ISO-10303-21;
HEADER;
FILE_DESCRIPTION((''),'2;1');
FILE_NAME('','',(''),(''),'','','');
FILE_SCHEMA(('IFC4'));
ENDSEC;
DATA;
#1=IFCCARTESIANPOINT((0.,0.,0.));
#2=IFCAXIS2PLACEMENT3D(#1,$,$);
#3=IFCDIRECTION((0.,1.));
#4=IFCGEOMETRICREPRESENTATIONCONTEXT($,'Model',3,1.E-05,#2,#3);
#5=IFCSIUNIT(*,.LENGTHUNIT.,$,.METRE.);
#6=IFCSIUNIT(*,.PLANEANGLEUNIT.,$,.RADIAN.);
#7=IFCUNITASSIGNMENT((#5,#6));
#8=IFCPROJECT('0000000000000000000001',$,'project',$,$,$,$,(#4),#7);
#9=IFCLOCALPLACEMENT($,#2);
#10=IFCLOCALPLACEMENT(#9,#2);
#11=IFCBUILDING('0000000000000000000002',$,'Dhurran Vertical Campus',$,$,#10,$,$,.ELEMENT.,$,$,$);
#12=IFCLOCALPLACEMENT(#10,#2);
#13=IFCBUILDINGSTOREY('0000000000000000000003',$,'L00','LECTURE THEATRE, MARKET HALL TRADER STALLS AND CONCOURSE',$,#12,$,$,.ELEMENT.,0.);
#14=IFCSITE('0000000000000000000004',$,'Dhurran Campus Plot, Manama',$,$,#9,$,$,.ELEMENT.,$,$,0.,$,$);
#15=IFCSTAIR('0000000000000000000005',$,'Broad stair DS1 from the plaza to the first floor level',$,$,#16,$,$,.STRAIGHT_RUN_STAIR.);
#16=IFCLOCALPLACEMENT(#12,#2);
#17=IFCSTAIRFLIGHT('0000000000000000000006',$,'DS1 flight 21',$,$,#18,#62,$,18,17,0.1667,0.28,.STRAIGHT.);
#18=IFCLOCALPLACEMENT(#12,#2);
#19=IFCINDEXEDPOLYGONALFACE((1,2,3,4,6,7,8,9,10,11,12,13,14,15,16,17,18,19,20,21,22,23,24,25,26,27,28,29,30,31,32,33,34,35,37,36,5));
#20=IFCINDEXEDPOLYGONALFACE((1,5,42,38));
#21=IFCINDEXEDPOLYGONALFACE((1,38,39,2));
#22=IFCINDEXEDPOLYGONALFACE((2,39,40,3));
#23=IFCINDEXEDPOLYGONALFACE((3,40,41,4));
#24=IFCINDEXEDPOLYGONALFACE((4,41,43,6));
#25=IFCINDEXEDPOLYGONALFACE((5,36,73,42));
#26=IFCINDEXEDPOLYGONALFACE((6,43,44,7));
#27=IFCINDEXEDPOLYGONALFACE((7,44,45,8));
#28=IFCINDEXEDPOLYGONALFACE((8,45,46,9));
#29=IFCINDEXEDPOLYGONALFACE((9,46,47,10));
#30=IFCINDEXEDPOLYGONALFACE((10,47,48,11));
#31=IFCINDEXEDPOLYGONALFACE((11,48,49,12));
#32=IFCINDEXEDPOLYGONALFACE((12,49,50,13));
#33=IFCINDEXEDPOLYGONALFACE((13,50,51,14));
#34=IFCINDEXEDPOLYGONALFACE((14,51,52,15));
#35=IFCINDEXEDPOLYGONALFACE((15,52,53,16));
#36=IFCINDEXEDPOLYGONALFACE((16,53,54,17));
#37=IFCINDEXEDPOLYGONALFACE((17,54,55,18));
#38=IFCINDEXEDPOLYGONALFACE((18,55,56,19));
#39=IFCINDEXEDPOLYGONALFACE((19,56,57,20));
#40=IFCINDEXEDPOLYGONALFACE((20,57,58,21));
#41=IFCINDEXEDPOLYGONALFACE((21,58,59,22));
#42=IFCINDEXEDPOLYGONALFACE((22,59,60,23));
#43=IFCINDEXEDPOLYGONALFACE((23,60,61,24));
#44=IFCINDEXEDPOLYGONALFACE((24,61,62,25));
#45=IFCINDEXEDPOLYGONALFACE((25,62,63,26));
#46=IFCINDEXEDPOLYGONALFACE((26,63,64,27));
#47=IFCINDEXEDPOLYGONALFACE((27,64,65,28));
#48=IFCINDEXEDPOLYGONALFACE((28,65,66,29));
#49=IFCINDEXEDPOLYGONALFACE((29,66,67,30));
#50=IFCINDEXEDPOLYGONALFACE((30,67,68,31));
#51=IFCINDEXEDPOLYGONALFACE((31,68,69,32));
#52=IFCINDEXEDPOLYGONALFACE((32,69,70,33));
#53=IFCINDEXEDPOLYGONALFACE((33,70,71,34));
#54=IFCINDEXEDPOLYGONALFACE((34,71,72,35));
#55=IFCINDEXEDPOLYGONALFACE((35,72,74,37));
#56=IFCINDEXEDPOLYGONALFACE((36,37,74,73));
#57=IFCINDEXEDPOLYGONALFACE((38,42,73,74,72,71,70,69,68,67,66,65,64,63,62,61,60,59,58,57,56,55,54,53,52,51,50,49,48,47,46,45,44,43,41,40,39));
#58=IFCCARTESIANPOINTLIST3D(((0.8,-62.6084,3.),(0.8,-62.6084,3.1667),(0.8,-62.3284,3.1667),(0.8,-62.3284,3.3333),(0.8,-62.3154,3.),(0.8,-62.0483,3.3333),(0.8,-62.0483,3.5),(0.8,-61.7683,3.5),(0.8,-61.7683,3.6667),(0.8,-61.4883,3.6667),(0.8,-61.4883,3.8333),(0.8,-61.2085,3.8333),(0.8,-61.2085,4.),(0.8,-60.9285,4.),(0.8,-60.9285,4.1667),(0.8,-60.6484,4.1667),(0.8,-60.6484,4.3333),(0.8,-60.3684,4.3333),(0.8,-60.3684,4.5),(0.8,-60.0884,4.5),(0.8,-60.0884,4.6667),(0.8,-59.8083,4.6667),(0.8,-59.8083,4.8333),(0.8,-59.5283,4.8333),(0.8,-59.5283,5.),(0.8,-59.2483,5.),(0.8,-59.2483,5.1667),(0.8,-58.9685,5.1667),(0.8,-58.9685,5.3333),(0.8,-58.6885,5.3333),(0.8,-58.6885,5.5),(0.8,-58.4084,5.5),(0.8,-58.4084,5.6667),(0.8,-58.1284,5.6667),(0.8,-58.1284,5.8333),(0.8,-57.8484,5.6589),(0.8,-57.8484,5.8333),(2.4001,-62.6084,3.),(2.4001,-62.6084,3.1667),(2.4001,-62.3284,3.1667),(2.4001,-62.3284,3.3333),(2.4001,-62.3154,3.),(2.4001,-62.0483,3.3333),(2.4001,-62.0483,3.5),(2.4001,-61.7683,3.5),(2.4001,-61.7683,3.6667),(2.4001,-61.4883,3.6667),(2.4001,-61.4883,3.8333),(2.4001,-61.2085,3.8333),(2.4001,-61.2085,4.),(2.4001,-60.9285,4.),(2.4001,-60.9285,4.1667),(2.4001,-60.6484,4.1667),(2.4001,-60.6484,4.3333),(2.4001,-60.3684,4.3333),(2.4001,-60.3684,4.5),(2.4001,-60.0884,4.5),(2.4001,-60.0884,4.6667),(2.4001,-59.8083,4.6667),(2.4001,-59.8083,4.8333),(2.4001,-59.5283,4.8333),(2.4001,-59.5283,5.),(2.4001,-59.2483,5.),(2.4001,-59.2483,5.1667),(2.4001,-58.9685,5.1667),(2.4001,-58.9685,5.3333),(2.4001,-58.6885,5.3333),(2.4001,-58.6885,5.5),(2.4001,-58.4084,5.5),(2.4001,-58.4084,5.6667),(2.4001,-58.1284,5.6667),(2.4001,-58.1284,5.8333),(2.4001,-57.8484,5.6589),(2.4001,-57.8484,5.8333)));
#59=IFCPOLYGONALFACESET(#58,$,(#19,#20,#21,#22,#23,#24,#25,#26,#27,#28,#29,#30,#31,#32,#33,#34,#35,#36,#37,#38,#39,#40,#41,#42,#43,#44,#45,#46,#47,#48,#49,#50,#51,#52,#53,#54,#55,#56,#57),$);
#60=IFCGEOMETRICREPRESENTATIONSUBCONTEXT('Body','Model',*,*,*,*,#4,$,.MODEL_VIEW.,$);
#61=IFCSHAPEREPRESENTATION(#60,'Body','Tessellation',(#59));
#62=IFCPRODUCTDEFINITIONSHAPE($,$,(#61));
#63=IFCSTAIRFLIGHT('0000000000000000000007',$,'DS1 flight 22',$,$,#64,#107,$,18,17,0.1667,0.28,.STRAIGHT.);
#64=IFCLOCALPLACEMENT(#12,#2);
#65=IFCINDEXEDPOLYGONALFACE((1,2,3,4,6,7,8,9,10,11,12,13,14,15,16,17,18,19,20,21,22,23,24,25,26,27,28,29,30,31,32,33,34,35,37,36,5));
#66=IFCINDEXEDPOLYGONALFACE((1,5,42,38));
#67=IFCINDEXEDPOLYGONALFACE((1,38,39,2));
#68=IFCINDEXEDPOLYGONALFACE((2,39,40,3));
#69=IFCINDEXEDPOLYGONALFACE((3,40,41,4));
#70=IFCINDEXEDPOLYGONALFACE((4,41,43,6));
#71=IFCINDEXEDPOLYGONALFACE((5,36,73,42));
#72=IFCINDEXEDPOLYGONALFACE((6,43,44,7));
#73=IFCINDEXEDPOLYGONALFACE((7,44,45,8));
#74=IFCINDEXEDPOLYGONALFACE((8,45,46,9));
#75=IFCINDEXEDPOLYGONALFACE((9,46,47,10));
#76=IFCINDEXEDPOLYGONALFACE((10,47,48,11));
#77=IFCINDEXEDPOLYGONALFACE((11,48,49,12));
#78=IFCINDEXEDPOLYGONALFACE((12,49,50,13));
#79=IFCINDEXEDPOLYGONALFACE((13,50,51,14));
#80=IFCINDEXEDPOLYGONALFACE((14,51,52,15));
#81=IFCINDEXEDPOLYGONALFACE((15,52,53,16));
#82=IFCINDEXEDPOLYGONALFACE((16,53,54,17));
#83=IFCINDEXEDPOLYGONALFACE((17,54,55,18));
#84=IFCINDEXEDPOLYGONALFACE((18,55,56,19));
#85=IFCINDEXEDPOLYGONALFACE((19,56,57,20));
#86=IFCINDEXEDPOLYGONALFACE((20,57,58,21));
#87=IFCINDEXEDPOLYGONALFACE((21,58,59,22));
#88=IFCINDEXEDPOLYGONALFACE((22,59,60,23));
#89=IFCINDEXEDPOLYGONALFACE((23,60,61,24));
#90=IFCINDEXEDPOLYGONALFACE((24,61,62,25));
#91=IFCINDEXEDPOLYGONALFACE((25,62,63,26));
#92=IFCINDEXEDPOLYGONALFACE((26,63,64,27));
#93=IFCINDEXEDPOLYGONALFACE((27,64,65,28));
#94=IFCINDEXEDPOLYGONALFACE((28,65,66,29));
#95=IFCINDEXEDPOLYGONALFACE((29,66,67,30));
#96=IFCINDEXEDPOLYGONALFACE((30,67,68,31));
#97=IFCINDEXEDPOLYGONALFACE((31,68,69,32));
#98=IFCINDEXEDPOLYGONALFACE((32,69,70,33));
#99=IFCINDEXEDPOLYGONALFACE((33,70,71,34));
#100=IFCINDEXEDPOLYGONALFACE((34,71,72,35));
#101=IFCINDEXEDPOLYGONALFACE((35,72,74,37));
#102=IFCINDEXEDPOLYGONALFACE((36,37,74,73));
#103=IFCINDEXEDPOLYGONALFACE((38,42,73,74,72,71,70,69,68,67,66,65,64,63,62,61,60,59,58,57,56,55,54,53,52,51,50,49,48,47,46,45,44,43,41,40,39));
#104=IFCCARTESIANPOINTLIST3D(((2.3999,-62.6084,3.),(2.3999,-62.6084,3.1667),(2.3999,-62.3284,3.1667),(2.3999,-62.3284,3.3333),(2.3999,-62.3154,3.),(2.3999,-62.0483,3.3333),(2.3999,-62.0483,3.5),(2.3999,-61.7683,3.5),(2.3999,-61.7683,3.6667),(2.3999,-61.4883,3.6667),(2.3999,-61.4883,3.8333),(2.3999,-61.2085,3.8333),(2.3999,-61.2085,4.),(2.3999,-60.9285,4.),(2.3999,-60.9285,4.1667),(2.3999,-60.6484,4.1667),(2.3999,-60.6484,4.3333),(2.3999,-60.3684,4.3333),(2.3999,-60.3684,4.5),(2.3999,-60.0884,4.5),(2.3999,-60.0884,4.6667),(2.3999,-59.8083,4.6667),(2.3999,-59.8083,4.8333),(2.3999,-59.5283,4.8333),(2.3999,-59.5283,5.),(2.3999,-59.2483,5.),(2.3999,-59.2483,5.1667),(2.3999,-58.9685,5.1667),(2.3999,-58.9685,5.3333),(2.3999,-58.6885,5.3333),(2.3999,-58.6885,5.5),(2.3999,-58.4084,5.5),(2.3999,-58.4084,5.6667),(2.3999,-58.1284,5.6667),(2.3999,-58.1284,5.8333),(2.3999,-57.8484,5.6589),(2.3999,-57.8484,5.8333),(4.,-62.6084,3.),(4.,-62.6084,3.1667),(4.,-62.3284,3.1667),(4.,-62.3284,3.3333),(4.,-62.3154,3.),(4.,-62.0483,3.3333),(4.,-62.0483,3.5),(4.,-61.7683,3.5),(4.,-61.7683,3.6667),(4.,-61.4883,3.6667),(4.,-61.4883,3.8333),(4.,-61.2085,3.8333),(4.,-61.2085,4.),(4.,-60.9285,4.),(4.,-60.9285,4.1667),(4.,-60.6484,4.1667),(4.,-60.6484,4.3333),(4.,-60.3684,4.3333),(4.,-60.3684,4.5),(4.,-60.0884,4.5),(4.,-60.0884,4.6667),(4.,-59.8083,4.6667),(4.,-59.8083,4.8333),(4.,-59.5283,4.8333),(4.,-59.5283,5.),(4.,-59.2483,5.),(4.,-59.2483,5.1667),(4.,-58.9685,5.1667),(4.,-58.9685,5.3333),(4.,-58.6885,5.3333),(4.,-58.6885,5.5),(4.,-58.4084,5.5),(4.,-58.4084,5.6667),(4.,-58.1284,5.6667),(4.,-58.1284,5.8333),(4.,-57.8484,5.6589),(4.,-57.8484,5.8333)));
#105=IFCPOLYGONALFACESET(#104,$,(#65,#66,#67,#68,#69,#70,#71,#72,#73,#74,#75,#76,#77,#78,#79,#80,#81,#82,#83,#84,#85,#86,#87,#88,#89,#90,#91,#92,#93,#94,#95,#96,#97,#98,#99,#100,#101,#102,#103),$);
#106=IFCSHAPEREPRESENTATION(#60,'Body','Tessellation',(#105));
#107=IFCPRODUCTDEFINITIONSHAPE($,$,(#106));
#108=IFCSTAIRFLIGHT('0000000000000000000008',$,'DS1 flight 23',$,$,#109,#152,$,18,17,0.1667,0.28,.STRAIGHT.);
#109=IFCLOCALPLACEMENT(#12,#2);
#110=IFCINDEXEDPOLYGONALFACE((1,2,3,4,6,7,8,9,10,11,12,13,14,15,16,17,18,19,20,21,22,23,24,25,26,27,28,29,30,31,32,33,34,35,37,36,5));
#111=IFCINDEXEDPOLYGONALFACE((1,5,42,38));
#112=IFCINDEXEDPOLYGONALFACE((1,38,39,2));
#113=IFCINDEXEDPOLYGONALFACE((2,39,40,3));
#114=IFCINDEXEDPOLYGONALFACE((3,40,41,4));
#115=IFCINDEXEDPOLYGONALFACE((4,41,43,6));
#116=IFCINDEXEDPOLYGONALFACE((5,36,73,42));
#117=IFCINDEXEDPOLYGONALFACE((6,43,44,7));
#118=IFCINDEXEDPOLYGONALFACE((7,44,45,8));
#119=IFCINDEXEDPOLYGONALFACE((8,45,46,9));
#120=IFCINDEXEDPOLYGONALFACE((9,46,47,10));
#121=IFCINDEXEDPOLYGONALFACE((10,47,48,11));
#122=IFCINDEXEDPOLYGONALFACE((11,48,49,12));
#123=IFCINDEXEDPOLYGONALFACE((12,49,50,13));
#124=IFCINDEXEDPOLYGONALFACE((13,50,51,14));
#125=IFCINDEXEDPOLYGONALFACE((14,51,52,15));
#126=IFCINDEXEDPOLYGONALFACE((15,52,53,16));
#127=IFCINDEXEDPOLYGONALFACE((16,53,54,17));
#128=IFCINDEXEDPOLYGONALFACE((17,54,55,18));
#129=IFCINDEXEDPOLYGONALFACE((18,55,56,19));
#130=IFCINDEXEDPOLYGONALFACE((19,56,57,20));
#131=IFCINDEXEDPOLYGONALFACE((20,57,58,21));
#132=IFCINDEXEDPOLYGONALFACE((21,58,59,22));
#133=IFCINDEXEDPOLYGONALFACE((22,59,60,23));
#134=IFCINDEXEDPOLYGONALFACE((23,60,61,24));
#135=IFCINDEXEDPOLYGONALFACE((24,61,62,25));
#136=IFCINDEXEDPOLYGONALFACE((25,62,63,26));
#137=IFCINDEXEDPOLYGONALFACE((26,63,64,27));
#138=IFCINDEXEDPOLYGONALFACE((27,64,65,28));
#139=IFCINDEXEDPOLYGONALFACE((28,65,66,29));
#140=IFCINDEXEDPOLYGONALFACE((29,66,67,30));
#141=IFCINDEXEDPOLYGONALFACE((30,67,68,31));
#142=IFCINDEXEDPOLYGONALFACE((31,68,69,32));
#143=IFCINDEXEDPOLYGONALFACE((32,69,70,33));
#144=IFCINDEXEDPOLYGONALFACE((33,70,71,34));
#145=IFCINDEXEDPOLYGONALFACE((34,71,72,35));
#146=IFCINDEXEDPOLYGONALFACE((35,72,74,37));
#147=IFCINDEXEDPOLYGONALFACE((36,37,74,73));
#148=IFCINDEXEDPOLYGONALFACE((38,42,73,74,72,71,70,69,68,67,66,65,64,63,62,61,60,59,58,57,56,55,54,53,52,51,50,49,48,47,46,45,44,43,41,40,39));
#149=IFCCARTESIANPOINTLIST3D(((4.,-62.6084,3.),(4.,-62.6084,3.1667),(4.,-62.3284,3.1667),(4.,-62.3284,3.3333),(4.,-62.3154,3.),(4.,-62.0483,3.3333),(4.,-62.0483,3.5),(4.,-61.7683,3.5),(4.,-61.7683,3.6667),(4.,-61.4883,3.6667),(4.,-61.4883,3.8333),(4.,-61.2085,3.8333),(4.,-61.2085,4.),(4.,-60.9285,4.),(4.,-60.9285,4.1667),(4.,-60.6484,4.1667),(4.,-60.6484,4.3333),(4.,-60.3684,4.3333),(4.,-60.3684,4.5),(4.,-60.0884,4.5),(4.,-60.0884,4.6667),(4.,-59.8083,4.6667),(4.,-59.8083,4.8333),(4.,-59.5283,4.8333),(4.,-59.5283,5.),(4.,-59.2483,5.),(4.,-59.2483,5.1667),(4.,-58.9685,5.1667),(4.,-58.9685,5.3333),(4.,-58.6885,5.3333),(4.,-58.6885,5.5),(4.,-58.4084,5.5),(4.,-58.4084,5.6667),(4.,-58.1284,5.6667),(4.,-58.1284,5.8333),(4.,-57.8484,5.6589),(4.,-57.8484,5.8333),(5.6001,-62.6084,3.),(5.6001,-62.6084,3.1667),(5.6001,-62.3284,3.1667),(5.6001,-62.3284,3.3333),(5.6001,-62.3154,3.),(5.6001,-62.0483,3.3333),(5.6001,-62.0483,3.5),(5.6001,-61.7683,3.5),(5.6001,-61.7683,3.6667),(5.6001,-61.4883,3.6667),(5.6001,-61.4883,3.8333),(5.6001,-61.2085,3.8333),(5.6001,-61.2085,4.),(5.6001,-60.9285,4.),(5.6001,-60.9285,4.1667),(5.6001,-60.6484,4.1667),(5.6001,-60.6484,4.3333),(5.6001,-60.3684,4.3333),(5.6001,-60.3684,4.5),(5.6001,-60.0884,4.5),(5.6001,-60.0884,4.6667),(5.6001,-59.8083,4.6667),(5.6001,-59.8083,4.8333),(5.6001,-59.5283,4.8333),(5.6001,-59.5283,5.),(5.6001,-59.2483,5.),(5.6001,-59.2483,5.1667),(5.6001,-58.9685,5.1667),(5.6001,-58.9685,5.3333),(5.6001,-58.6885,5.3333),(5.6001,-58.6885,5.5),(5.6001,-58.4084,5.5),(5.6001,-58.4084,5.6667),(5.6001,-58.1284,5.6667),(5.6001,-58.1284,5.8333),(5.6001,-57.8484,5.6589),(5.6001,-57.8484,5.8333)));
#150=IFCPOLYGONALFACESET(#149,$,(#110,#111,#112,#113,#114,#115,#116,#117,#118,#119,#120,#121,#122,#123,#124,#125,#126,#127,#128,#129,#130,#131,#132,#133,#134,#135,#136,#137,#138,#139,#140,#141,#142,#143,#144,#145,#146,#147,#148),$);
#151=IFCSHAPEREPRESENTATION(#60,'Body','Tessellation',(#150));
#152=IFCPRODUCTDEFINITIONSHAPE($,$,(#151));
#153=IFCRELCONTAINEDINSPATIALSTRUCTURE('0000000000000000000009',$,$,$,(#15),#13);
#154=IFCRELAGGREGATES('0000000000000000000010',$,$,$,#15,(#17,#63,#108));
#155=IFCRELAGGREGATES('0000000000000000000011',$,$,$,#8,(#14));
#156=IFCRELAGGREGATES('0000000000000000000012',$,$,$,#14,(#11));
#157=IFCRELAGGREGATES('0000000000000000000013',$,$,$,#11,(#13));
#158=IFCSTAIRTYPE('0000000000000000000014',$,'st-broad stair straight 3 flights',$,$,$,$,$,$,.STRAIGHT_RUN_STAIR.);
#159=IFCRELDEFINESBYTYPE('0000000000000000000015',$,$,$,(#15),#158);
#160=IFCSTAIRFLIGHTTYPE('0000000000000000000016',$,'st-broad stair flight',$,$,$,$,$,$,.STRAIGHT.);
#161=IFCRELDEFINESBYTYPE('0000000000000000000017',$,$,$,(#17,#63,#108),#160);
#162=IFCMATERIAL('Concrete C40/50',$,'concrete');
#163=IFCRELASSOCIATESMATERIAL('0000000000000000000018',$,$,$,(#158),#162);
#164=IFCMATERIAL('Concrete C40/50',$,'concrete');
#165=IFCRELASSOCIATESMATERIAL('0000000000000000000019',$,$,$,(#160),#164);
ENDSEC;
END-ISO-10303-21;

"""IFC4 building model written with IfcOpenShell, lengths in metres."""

from ifc_helpers import new_model, si_unit, direction, frame, origin, place, context, subcontext, project, spatial, polyline, outline, extrude, material, type_object, element, aggregate, save


model = new_model("IFC4")

# Units and contexts
model_context = context("Model", 3, precision=1e-05, world=origin(), true_north=direction((0.0, 1.0)))
body_context = subcontext(model_context, "Body", "Model", "MODEL_VIEW")
ifc_project = project(units=[si_unit("LENGTHUNIT", "METRE"), si_unit("PLANEANGLEUNIT", "RADIAN")], contexts=[model_context])

# Site, building, storey
site_placement = place(None, origin())
site = spatial("IfcSite", under=ifc_project, at=site_placement, Name="Dhurran Campus Plot, Manama", CompositionType="ELEMENT", RefElevation=0.0)
building_placement = place(site_placement, origin())
building = spatial("IfcBuilding", under=site, at=building_placement, Name="Dhurran Vertical Campus", CompositionType="ELEMENT")
storey_placement = place(building_placement, origin())
storey = spatial("IfcBuildingStorey", under=building, at=storey_placement, Name="L00", Description="LECTURE THEATRE, MARKET HALL TRADER STALLS AND CONCOURSE", CompositionType="ELEMENT", Elevation=0.0)

# Stair, stair flights
ifc_material_1 = material(Name="Concrete C40/50", Category="concrete")
stair_type = type_object("IfcStairType", Name="st-broad stair straight 3 flights", PredefinedType="STRAIGHT_RUN_STAIR", material=ifc_material_1)
stair_placement = place(storey_placement, origin())
stair = element("IfcStair", 1, at=stair_placement, inside=storey, type_object=stair_type, Name="Broad stair DS1 from the plaza to the first floor level", PredefinedType="STRAIGHT_RUN_STAIR")
ifc_material_2 = material(Name="Concrete C40/50", Category="concrete")
stair_flight_type = type_object("IfcStairFlightType", Name="st-broad stair flight", PredefinedType="STRAIGHT", material=ifc_material_2)
stair_flight_1_placement = place(storey_placement, frame((1.6001, -62.6084, 3.0), z_axis=(0.0, 0.0, 1.0), x_axis=(0.0, 1.0, 0.0)))
stair_flight_1 = element("IfcStairFlight", 2, at=stair_flight_1_placement, type_object=stair_flight_type, Name="DS1 flight 21", NumberOfRisers=18, NumberOfTreads=17, PredefinedType="STRAIGHT", RiserHeight=0.1667, TreadLength=0.28, context=body_context, shape_type="SweptSolid", body=[
    extrude(outline(polyline([(0.0, 0.0), (0.0, 0.1667), (0.28, 0.1667), (0.28, 0.3333), (0.5601, 0.3333), (0.5601, 0.5), (0.8401, 0.5), (0.8401, 0.6667), (1.1201, 0.6667), (1.1201, 0.8333), (1.3999, 0.8333), (1.3999, 1.0), (1.6799, 1.0), (1.6799, 1.1667), (1.96, 1.1667), (1.96, 1.3333), (2.24, 1.3333), (2.24, 1.5), (2.52, 1.5), (2.52, 1.6667), (2.8, 1.6667), (2.8, 1.8333), (3.0801, 1.8333), (3.0801, 2.0), (3.3601, 2.0), (3.3601, 2.1667), (3.6399, 2.1667), (3.6399, 2.3333), (3.9199, 2.3333), (3.9199, 2.5), (4.2, 2.5), (4.2, 2.6667), (4.48, 2.6667), (4.48, 2.8333), (4.76, 2.8333), (4.76, 3.0), (4.76, 2.6589), (0.293, 0.0), (0.0, 0.0)])), frame((0.0, 0.8, 0.0), z_axis=(0.0, -1.0, 0.0), x_axis=(1.0, 0.0, 0.0)), (0.0, 0.0, 1.0), 1.6001),
])
stair_flight_2_placement = place(storey_placement, frame((3.2, -62.6084, 3.0), z_axis=(0.0, 0.0, 1.0), x_axis=(0.0, 1.0, 0.0)))
stair_flight_2 = element("IfcStairFlight", 3, at=stair_flight_2_placement, type_object=stair_flight_type, Name="DS1 flight 22", NumberOfRisers=18, NumberOfTreads=17, PredefinedType="STRAIGHT", RiserHeight=0.1667, TreadLength=0.28, context=body_context, shape_type="SweptSolid", body=[
    extrude(outline(polyline([(0.0, 0.0), (0.0, 0.1667), (0.28, 0.1667), (0.28, 0.3333), (0.5601, 0.3333), (0.5601, 0.5), (0.8401, 0.5), (0.8401, 0.6667), (1.1201, 0.6667), (1.1201, 0.8333), (1.3999, 0.8333), (1.3999, 1.0), (1.6799, 1.0), (1.6799, 1.1667), (1.96, 1.1667), (1.96, 1.3333), (2.24, 1.3333), (2.24, 1.5), (2.52, 1.5), (2.52, 1.6667), (2.8, 1.6667), (2.8, 1.8333), (3.0801, 1.8333), (3.0801, 2.0), (3.3601, 2.0), (3.3601, 2.1667), (3.6399, 2.1667), (3.6399, 2.3333), (3.9199, 2.3333), (3.9199, 2.5), (4.2, 2.5), (4.2, 2.6667), (4.48, 2.6667), (4.48, 2.8333), (4.76, 2.8333), (4.76, 3.0), (4.76, 2.6589), (0.293, 0.0), (0.0, 0.0)])), frame((0.0, 0.8, 0.0), z_axis=(0.0, -1.0, 0.0), x_axis=(1.0, 0.0, 0.0)), (0.0, 0.0, 1.0), 1.6001),
])
stair_flight_3_placement = place(storey_placement, frame((4.8, -62.6084, 3.0), z_axis=(0.0, 0.0, 1.0), x_axis=(0.0, 1.0, 0.0)))
stair_flight_3 = element("IfcStairFlight", 4, at=stair_flight_3_placement, type_object=stair_flight_type, Name="DS1 flight 23", NumberOfRisers=18, NumberOfTreads=17, PredefinedType="STRAIGHT", RiserHeight=0.1667, TreadLength=0.28, context=body_context, shape_type="SweptSolid", body=[
    extrude(outline(polyline([(0.0, 0.0), (0.0, 0.1667), (0.28, 0.1667), (0.28, 0.3333), (0.5601, 0.3333), (0.5601, 0.5), (0.8401, 0.5), (0.8401, 0.6667), (1.1201, 0.6667), (1.1201, 0.8333), (1.3999, 0.8333), (1.3999, 1.0), (1.6799, 1.0), (1.6799, 1.1667), (1.96, 1.1667), (1.96, 1.3333), (2.24, 1.3333), (2.24, 1.5), (2.52, 1.5), (2.52, 1.6667), (2.8, 1.6667), (2.8, 1.8333), (3.0801, 1.8333), (3.0801, 2.0), (3.3601, 2.0), (3.3601, 2.1667), (3.6399, 2.1667), (3.6399, 2.3333), (3.9199, 2.3333), (3.9199, 2.5), (4.2, 2.5), (4.2, 2.6667), (4.48, 2.6667), (4.48, 2.8333), (4.76, 2.8333), (4.76, 3.0), (4.76, 2.6589), (0.293, 0.0), (0.0, 0.0)])), frame((0.0, 0.8, 0.0), z_axis=(0.0, -1.0, 0.0), x_axis=(1.0, 0.0, 0.0)), (0.0, 0.0, 1.0), 1.6001),
])
aggregate(stair, [stair_flight_1, stair_flight_2, stair_flight_3])

save(model, "model.ifc")
